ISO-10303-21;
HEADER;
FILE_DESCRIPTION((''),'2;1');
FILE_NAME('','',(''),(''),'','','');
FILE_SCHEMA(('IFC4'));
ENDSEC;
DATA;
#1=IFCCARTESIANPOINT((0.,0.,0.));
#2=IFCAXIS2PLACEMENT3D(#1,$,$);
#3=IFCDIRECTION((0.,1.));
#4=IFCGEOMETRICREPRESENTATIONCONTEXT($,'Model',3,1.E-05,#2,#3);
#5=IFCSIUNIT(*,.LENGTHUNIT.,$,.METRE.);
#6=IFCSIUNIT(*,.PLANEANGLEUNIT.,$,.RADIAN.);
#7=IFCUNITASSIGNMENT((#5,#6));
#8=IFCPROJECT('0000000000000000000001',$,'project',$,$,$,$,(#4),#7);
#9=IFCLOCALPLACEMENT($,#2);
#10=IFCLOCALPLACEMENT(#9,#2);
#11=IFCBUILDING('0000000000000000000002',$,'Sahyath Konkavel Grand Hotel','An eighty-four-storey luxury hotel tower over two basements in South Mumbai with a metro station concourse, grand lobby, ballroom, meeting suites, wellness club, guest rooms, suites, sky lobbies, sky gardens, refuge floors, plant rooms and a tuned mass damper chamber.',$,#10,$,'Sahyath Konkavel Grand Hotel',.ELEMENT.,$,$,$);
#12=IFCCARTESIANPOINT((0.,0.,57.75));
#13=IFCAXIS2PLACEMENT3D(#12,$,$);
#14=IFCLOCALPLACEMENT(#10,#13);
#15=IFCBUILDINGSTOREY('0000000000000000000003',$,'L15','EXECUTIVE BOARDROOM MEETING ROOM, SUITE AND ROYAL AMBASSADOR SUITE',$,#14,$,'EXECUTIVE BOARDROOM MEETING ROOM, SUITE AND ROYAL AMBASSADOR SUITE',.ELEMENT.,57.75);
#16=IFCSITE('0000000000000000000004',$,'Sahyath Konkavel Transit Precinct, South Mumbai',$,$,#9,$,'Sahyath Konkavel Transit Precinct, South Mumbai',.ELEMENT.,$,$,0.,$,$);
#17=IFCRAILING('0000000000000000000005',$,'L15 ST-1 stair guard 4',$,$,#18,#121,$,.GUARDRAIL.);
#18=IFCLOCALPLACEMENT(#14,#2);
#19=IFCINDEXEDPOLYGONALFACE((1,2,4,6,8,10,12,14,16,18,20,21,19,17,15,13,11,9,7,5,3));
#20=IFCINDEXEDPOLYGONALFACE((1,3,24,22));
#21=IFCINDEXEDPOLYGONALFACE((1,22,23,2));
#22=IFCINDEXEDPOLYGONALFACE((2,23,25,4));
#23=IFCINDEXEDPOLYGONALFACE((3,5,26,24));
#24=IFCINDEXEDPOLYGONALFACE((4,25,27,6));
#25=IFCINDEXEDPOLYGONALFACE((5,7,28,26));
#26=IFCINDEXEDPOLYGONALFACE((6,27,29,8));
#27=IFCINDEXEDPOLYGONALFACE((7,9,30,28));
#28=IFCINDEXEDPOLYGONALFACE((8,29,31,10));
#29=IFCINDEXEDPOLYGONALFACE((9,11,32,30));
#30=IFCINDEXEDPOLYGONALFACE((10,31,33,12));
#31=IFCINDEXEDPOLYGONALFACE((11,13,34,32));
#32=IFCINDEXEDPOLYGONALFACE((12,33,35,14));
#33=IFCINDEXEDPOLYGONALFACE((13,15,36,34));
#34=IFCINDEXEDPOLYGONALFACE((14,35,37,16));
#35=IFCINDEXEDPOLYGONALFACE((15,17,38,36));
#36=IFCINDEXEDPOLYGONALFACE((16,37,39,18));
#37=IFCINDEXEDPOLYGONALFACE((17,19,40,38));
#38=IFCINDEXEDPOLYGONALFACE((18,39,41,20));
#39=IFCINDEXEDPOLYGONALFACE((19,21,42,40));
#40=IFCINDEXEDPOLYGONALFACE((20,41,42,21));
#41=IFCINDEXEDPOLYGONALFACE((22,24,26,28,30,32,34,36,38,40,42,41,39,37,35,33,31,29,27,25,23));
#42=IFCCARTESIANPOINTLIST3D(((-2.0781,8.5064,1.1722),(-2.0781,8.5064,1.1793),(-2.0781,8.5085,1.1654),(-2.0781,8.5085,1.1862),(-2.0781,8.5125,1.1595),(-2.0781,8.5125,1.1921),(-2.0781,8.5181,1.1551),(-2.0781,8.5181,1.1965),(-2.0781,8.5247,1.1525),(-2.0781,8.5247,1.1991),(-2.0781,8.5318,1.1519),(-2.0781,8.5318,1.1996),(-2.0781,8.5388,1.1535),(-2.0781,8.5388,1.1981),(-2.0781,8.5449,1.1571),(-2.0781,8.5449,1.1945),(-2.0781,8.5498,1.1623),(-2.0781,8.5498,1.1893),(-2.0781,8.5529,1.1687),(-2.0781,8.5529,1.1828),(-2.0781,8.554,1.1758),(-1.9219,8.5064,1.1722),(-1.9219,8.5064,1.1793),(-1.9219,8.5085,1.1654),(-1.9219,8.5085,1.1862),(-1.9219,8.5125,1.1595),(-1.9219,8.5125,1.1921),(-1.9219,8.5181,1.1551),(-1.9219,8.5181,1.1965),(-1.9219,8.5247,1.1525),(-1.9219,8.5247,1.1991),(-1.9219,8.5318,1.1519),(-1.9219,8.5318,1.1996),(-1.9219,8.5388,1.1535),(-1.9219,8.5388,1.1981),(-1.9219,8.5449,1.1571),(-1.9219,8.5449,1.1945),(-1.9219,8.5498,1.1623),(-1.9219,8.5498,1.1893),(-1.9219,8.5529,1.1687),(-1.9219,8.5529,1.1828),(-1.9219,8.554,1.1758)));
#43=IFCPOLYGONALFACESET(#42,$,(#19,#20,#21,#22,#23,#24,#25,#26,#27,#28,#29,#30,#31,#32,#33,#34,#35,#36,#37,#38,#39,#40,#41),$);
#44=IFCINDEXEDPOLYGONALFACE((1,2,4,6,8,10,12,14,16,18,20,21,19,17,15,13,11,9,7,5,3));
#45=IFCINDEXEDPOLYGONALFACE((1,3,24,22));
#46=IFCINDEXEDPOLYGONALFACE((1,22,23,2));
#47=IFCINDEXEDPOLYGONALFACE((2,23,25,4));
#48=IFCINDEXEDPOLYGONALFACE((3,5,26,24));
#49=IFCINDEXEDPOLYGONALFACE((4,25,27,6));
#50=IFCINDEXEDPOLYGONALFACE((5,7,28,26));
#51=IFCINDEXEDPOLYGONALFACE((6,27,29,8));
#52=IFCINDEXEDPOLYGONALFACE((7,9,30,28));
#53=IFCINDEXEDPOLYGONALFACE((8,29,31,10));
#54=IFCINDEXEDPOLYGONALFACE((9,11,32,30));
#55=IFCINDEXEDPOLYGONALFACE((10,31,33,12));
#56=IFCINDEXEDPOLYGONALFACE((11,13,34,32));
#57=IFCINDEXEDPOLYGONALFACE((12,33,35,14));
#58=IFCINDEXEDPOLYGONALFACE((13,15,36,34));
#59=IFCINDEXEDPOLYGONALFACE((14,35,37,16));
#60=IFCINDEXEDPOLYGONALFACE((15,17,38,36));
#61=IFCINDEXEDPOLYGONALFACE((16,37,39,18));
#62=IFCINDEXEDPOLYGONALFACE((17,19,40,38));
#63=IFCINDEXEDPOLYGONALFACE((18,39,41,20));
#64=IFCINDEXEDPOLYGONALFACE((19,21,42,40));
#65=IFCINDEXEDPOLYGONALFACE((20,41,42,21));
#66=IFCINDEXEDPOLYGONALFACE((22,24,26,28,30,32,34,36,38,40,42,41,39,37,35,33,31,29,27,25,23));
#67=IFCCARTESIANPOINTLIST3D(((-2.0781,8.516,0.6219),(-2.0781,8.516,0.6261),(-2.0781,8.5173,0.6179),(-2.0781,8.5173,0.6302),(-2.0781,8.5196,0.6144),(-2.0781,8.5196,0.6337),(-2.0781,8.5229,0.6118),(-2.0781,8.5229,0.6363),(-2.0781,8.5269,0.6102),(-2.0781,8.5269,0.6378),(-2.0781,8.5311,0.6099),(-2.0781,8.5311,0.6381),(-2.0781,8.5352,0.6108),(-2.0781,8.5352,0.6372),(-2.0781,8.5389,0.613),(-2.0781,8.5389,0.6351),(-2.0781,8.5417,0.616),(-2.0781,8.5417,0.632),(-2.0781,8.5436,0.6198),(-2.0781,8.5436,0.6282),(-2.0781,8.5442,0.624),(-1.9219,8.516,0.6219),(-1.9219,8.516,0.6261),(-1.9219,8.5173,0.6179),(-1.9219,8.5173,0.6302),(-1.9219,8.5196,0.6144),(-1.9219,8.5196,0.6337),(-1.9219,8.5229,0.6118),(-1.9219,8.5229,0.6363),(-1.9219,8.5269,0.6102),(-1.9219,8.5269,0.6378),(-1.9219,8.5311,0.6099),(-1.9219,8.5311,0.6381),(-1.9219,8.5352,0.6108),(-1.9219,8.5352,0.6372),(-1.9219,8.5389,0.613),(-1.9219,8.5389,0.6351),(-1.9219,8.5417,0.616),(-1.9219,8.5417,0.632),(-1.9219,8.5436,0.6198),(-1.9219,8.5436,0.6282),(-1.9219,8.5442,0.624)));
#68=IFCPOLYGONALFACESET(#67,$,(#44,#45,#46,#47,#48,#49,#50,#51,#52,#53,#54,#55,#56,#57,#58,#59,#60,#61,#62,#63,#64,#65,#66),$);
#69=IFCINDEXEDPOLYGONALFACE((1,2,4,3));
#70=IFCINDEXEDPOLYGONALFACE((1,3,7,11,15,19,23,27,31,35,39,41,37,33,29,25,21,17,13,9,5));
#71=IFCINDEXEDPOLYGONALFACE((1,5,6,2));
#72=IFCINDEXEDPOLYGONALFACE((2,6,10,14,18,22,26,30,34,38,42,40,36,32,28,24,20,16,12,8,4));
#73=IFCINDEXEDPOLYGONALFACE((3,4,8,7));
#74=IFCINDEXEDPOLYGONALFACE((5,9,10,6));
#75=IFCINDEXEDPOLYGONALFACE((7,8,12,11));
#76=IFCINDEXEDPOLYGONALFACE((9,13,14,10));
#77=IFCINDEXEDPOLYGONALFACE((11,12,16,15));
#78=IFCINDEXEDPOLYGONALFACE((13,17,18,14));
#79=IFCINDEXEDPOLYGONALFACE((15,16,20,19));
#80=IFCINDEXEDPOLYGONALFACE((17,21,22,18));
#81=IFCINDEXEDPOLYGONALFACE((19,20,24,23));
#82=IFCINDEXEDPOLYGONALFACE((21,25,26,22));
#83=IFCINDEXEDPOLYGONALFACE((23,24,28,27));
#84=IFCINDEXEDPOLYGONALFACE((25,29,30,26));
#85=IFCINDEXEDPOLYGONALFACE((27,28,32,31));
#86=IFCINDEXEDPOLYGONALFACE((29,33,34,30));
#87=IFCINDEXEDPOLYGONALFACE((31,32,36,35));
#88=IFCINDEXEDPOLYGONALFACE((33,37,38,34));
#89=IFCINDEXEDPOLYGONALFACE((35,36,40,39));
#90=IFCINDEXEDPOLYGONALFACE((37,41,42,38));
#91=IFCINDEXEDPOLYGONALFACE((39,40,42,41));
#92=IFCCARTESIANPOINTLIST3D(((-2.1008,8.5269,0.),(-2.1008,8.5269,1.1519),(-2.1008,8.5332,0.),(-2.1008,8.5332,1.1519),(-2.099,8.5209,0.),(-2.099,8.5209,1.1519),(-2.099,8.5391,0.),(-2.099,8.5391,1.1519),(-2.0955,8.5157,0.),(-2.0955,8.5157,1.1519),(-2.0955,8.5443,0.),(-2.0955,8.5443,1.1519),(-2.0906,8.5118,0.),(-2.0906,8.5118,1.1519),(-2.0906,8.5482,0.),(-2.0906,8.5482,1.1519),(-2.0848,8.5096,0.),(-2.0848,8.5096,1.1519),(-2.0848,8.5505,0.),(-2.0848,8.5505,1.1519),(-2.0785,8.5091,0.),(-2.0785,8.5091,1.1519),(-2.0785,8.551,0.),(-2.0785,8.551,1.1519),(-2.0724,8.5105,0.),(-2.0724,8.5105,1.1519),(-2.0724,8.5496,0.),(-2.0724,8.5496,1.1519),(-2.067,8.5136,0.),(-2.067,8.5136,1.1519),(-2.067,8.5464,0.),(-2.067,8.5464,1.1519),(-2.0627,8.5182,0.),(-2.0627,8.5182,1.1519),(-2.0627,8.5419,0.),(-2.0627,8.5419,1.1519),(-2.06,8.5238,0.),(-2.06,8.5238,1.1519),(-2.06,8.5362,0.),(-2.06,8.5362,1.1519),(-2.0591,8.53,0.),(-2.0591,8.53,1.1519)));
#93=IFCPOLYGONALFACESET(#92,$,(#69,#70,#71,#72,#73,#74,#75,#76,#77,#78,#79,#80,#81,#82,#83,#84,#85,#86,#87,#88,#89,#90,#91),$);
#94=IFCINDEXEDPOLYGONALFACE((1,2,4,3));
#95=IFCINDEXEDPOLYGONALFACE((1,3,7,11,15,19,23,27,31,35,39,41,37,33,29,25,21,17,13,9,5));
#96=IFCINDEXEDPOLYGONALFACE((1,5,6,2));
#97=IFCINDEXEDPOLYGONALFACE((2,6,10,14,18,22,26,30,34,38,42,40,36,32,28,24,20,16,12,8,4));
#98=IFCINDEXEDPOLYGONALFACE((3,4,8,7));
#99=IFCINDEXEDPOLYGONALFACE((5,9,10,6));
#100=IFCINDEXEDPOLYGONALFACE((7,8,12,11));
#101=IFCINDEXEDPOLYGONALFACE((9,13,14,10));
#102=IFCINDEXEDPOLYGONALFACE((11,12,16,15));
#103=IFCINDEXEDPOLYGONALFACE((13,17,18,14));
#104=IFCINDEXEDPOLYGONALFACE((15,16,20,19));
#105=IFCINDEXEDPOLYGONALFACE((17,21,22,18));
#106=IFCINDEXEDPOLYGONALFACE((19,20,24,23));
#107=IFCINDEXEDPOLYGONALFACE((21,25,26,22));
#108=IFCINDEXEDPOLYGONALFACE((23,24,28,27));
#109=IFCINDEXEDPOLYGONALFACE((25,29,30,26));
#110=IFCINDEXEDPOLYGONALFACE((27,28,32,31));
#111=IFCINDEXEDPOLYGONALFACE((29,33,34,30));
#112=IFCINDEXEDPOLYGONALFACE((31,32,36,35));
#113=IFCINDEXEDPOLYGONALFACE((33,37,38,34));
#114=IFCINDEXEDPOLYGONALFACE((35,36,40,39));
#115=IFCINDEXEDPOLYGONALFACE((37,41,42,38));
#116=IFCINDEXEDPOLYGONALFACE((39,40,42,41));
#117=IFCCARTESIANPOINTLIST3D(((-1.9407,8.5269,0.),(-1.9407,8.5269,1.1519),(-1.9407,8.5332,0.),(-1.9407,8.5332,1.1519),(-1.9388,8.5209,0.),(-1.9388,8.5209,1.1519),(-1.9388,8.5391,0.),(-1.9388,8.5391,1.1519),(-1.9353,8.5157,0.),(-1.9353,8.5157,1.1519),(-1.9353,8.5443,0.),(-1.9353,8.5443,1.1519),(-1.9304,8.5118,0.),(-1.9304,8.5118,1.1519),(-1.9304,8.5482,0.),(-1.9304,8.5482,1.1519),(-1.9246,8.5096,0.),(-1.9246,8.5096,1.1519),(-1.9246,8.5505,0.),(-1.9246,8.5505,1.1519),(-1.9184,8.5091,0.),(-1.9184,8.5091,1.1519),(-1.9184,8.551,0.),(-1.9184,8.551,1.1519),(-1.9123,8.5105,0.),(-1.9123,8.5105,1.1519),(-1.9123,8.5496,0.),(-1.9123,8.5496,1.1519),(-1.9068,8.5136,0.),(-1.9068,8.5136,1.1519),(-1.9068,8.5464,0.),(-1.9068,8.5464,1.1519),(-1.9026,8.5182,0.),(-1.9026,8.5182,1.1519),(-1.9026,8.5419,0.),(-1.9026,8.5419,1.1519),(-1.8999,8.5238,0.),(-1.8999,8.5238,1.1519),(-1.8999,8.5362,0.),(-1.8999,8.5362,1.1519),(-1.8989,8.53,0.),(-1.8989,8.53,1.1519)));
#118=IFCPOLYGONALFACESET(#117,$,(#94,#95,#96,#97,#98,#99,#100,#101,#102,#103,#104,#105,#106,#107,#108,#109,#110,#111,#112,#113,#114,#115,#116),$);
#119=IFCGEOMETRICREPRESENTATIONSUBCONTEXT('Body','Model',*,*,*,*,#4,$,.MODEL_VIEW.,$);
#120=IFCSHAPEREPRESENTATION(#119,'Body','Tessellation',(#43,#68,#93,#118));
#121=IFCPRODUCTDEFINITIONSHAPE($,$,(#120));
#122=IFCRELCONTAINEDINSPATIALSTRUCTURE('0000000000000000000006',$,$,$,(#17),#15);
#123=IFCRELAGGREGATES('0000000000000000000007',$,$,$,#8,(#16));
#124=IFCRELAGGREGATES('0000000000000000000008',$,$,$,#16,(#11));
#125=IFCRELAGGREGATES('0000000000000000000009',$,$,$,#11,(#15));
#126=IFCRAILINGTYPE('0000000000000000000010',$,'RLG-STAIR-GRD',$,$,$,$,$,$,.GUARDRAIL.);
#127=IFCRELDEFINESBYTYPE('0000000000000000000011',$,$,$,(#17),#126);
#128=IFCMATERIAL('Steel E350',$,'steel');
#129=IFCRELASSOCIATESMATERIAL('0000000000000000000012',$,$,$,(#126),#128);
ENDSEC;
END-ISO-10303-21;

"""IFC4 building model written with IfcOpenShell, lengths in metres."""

from ifc_helpers import new_model, si_unit, direction, frame, origin, origin_2d, place, context, subcontext, project, spatial, circle, extrude, material, type_object, element, save


model = new_model("IFC4")

# Units and contexts
model_context = context("Model", 3, precision=1e-05, world=origin(), true_north=direction((0.0, 1.0)))
body_context = subcontext(model_context, "Body", "Model", "MODEL_VIEW")
ifc_project = project(units=[si_unit("LENGTHUNIT", "METRE"), si_unit("PLANEANGLEUNIT", "RADIAN")], contexts=[model_context])

# Site, building, storey
site_placement = place(None, origin())
site = spatial("IfcSite", under=ifc_project, at=site_placement, Name="Sahyath Konkavel Transit Precinct, South Mumbai", LongName="Sahyath Konkavel Transit Precinct, South Mumbai", CompositionType="ELEMENT", RefElevation=0.0)
building_placement = place(site_placement, origin())
building = spatial("IfcBuilding", under=site, at=building_placement, Name="Sahyath Konkavel Grand Hotel", Description="An eighty-four-storey luxury hotel tower over two basements in South Mumbai with a metro station concourse, grand lobby, ballroom, meeting suites, wellness club, guest rooms, suites, sky lobbies, sky gardens, refuge floors, plant rooms and a tuned mass damper chamber.", LongName="Sahyath Konkavel Grand Hotel", CompositionType="ELEMENT")
storey_placement = place(building_placement, frame((0.0, 0.0, 57.75)))
storey = spatial("IfcBuildingStorey", under=building, at=storey_placement, Name="L15", Description="EXECUTIVE BOARDROOM MEETING ROOM, SUITE AND ROYAL AMBASSADOR SUITE", LongName="EXECUTIVE BOARDROOM MEETING ROOM, SUITE AND ROYAL AMBASSADOR SUITE", CompositionType="ELEMENT", Elevation=57.75)

# Shared definitions
ifc_material_1 = material(Name="Steel E350", Category="steel")

# Railing
railing_type_1 = type_object("IfcRailingType", Name="RLG-STAIR-GRD", PredefinedType="GUARDRAIL", material=ifc_material_1)
railing_1_placement = place(storey_placement, frame((-2.0801, 8.53, 0.0)))
element("IfcRailing", 1, at=railing_1_placement, inside=storey, type_object=railing_type_1, Name="L15 ST-1 stair guard 4", PredefinedType="GUARDRAIL", context=body_context, shape_type="SweptSolid", body=[
    extrude(circle(Radius=0.0239, at=origin_2d()), frame((0.002, 0.0, 1.1758), z_axis=(1.0, 0.0, 0.0), x_axis=(0.0, 1.0, 0.0)), (0.0, 0.0, 1.0), 0.1562),
    extrude(circle(Radius=0.0142, at=origin_2d()), frame((0.002, 0.0, 0.624), z_axis=(1.0, 0.0, 0.0), x_axis=(0.0, 1.0, 0.0)), (0.0, 0.0, 1.0), 0.1562),
    extrude(circle(Radius=0.021, at=origin_2d()), origin(), (0.0, 0.0, 1.0), 1.1519),
    extrude(circle(Radius=0.021, at=origin_2d()), frame((0.1602, 0.0, 0.0)), (0.0, 0.0, 1.0), 1.1519),
])

save(model, "model.ifc")
